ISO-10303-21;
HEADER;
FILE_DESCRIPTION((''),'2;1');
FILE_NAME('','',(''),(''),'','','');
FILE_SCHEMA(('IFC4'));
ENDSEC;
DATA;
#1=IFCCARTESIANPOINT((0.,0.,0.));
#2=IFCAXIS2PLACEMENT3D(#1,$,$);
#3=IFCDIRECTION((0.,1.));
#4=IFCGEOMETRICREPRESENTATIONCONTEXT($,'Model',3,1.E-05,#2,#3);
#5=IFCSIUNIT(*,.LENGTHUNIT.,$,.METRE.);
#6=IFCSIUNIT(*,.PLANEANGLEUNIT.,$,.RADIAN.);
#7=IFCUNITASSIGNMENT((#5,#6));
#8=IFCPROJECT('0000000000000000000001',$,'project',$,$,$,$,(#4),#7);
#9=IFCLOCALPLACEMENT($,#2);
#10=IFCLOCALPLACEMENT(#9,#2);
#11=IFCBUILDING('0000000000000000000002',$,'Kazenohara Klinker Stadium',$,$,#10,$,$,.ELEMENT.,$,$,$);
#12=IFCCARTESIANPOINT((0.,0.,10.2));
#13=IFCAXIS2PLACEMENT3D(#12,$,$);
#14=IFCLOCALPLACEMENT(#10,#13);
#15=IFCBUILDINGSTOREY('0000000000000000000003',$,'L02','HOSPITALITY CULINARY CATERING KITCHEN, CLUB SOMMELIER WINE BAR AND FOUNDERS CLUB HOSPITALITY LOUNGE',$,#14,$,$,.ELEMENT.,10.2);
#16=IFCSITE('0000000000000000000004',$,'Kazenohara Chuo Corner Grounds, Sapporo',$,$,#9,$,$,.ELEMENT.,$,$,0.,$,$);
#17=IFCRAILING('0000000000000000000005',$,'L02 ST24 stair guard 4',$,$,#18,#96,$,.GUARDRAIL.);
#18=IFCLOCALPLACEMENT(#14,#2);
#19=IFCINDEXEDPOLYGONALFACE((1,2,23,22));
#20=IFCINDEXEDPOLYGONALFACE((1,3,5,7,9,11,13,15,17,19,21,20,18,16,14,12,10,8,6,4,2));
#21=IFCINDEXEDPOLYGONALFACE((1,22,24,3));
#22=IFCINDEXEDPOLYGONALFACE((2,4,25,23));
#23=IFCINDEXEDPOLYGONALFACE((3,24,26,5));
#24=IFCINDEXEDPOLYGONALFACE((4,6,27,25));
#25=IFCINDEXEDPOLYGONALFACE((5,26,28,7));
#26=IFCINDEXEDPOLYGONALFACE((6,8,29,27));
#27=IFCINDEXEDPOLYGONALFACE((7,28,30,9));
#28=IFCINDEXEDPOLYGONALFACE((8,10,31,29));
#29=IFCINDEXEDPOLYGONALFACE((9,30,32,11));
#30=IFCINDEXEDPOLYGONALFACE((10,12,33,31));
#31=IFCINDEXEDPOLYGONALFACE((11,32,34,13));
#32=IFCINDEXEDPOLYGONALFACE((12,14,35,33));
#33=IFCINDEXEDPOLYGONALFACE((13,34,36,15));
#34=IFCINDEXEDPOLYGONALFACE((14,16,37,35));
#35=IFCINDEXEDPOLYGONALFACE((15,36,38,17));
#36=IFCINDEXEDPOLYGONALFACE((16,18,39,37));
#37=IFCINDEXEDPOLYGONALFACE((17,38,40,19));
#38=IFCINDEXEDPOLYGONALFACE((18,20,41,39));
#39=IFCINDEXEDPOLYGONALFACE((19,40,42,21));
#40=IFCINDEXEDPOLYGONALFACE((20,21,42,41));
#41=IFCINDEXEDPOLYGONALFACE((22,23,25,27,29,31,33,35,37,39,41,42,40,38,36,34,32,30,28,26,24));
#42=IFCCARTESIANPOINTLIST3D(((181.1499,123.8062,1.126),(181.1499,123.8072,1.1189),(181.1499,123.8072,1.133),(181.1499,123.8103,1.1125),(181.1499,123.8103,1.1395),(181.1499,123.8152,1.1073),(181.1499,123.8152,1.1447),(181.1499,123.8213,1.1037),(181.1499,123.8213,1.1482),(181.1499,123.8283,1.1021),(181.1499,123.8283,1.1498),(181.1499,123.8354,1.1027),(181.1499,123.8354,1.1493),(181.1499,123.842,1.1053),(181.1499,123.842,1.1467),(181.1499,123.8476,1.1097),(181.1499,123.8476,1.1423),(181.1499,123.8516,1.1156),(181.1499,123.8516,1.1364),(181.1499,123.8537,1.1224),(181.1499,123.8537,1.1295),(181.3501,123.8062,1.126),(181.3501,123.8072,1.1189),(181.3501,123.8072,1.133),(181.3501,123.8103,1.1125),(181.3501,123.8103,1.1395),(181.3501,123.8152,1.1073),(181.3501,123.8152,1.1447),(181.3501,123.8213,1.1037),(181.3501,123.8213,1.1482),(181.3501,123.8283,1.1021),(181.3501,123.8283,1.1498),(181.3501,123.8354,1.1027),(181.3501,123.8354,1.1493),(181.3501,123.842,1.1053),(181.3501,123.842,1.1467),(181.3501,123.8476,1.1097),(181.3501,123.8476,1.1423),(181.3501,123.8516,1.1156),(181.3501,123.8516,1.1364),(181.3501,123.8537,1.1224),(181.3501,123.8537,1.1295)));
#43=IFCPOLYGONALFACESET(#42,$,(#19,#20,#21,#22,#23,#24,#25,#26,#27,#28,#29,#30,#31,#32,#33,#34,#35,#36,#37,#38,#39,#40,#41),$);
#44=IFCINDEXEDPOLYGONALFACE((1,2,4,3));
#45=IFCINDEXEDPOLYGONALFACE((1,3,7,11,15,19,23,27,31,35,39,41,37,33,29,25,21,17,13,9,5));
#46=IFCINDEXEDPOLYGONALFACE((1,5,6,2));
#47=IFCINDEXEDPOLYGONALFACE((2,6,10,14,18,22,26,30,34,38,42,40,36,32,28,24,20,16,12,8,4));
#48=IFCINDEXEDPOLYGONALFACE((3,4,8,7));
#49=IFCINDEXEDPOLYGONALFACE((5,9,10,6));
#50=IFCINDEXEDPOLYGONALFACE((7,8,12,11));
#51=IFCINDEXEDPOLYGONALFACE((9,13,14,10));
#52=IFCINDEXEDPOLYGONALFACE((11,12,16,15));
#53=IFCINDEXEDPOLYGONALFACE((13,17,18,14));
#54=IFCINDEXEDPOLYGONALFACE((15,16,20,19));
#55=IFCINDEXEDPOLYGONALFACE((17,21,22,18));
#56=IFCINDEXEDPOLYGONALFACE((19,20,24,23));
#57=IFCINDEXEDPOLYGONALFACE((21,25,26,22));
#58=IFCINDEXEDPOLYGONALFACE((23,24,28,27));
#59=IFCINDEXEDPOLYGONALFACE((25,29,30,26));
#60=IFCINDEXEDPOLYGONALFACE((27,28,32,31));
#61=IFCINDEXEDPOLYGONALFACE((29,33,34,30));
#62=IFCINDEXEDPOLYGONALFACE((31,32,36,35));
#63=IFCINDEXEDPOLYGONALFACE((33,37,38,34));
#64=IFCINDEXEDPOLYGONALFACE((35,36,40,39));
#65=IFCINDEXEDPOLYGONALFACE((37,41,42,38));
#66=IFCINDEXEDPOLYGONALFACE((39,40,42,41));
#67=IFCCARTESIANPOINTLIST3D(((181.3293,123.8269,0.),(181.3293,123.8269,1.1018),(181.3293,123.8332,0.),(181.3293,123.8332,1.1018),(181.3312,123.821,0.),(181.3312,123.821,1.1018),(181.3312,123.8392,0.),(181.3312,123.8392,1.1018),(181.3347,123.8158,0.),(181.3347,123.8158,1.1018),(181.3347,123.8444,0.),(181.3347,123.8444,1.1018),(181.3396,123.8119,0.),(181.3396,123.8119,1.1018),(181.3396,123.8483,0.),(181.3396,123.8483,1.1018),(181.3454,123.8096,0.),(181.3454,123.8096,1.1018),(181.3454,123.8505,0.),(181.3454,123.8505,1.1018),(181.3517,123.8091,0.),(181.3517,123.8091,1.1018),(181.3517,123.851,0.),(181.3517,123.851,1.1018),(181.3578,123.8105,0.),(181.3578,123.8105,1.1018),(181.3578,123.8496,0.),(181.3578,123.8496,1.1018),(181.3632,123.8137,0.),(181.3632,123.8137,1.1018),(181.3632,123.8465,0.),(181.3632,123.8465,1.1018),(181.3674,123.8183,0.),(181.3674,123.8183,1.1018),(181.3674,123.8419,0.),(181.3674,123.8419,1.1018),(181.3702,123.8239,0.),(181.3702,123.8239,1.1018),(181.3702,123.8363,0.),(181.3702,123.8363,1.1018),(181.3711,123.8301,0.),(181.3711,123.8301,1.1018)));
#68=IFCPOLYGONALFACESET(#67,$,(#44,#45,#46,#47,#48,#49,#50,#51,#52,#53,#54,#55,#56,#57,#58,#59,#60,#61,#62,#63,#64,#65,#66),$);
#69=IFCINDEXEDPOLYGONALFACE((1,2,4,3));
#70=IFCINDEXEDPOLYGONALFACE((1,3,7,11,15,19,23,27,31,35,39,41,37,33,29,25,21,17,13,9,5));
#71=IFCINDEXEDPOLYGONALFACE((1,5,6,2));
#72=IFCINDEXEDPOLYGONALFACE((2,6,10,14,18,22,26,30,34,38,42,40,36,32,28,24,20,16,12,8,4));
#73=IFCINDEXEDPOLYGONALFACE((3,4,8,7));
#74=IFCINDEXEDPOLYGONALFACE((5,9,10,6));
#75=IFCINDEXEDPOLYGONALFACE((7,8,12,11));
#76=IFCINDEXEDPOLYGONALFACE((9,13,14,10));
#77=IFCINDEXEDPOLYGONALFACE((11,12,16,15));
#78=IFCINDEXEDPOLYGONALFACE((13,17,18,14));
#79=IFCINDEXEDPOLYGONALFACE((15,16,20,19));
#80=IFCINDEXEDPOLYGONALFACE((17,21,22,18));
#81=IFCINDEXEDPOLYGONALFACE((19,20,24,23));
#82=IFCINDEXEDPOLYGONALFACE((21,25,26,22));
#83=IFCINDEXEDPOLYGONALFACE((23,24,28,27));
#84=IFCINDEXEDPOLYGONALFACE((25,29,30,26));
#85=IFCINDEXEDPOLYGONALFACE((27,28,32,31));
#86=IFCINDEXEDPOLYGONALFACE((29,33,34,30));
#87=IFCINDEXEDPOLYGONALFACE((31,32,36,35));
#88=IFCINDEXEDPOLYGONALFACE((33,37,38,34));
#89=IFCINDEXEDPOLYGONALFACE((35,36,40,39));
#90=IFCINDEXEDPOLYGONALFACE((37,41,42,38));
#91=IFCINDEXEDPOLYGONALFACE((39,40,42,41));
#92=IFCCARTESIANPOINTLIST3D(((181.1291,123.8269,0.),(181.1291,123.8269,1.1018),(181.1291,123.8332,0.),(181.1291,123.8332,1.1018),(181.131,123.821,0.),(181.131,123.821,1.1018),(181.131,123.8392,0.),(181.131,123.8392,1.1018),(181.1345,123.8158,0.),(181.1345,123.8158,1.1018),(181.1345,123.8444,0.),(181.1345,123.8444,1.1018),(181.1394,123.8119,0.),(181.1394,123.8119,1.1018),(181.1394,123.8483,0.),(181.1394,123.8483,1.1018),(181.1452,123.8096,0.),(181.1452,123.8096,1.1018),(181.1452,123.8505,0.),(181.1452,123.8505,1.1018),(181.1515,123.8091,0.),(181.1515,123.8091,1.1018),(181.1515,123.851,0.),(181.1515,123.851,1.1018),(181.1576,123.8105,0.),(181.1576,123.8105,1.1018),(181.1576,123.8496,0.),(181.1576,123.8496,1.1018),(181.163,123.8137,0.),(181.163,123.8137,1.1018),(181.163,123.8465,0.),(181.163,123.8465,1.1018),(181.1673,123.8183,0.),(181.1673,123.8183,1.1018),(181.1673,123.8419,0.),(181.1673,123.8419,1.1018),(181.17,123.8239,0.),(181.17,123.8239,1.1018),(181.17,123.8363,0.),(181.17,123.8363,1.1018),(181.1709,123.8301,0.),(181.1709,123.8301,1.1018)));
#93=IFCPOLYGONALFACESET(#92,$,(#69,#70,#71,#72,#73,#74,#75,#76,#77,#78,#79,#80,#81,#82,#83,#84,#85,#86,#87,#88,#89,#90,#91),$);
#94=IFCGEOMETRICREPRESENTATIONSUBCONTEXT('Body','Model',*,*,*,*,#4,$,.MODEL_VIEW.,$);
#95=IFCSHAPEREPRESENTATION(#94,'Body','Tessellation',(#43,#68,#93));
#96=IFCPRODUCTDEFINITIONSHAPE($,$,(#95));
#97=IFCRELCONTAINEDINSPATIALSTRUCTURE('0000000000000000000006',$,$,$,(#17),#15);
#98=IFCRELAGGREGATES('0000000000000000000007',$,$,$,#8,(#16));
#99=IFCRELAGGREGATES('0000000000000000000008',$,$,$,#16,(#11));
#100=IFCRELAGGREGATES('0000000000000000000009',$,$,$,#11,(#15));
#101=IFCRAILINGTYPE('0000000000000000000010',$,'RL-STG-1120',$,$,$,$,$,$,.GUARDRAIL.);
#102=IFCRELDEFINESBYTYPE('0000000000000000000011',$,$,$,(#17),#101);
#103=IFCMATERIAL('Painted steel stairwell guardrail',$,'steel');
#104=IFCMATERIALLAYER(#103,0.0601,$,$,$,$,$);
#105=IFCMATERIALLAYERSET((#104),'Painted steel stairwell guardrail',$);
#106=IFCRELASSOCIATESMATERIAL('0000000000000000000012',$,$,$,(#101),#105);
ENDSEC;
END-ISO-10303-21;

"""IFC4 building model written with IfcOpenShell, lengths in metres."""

from ifc_helpers import new_model, si_unit, direction, frame, origin, origin_2d, place, context, subcontext, project, spatial, circle, extrude, material, layer, layer_set, type_object, element, save


model = new_model("IFC4")

# Units and contexts
model_context = context("Model", 3, precision=1e-05, world=origin(), true_north=direction((0.0, 1.0)))
body_context = subcontext(model_context, "Body", "Model", "MODEL_VIEW")
ifc_project = project(units=[si_unit("LENGTHUNIT", "METRE"), si_unit("PLANEANGLEUNIT", "RADIAN")], contexts=[model_context])

# Site, building, storey
site_placement = place(None, origin())
site = spatial("IfcSite", under=ifc_project, at=site_placement, Name="Kazenohara Chuo Corner Grounds, Sapporo", CompositionType="ELEMENT", RefElevation=0.0)
building_placement = place(site_placement, origin())
building = spatial("IfcBuilding", under=site, at=building_placement, Name="Kazenohara Klinker Stadium", CompositionType="ELEMENT")
storey_placement = place(building_placement, frame((0.0, 0.0, 10.2)))
storey = spatial("IfcBuildingStorey", under=building, at=storey_placement, Name="L02", Description="HOSPITALITY CULINARY CATERING KITCHEN, CLUB SOMMELIER WINE BAR AND FOUNDERS CLUB HOSPITALITY LOUNGE", CompositionType="ELEMENT", Elevation=10.2)

# Railing
ifc_material_1 = material(Name="Painted steel stairwell guardrail", Category="steel")
ifc_layer_1 = layer(ifc_material_1, 0.0601)
ifc_layer_set_1 = layer_set([ifc_layer_1], Name="Painted steel stairwell guardrail")
railing_type_1 = type_object("IfcRailingType", Name="RL-STG-1120", PredefinedType="GUARDRAIL", material=ifc_layer_set_1)
railing_1_placement = place(storey_placement, frame((181.3501, 123.8301, 0.0)))
element("IfcRailing", 1, at=railing_1_placement, inside=storey, type_object=railing_type_1, Name="L02 ST24 stair guard 4", PredefinedType="GUARDRAIL", context=body_context, shape_type="SweptSolid", body=[
    extrude(circle(Radius=0.0239, at=origin_2d()), frame((0.0, 0.0, 1.126), z_axis=(-1.0, 0.0, 0.0), x_axis=(0.0, -1.0, 0.0)), (0.0, 0.0, 1.0), 0.2002),
    extrude(circle(Radius=0.021, at=origin_2d()), origin(), (0.0, 0.0, 1.0), 1.1018),
    extrude(circle(Radius=0.021, at=origin_2d()), frame((-0.2002, 0.0, 0.0)), (0.0, 0.0, 1.0), 1.1018),
])

save(model, "model.ifc")
